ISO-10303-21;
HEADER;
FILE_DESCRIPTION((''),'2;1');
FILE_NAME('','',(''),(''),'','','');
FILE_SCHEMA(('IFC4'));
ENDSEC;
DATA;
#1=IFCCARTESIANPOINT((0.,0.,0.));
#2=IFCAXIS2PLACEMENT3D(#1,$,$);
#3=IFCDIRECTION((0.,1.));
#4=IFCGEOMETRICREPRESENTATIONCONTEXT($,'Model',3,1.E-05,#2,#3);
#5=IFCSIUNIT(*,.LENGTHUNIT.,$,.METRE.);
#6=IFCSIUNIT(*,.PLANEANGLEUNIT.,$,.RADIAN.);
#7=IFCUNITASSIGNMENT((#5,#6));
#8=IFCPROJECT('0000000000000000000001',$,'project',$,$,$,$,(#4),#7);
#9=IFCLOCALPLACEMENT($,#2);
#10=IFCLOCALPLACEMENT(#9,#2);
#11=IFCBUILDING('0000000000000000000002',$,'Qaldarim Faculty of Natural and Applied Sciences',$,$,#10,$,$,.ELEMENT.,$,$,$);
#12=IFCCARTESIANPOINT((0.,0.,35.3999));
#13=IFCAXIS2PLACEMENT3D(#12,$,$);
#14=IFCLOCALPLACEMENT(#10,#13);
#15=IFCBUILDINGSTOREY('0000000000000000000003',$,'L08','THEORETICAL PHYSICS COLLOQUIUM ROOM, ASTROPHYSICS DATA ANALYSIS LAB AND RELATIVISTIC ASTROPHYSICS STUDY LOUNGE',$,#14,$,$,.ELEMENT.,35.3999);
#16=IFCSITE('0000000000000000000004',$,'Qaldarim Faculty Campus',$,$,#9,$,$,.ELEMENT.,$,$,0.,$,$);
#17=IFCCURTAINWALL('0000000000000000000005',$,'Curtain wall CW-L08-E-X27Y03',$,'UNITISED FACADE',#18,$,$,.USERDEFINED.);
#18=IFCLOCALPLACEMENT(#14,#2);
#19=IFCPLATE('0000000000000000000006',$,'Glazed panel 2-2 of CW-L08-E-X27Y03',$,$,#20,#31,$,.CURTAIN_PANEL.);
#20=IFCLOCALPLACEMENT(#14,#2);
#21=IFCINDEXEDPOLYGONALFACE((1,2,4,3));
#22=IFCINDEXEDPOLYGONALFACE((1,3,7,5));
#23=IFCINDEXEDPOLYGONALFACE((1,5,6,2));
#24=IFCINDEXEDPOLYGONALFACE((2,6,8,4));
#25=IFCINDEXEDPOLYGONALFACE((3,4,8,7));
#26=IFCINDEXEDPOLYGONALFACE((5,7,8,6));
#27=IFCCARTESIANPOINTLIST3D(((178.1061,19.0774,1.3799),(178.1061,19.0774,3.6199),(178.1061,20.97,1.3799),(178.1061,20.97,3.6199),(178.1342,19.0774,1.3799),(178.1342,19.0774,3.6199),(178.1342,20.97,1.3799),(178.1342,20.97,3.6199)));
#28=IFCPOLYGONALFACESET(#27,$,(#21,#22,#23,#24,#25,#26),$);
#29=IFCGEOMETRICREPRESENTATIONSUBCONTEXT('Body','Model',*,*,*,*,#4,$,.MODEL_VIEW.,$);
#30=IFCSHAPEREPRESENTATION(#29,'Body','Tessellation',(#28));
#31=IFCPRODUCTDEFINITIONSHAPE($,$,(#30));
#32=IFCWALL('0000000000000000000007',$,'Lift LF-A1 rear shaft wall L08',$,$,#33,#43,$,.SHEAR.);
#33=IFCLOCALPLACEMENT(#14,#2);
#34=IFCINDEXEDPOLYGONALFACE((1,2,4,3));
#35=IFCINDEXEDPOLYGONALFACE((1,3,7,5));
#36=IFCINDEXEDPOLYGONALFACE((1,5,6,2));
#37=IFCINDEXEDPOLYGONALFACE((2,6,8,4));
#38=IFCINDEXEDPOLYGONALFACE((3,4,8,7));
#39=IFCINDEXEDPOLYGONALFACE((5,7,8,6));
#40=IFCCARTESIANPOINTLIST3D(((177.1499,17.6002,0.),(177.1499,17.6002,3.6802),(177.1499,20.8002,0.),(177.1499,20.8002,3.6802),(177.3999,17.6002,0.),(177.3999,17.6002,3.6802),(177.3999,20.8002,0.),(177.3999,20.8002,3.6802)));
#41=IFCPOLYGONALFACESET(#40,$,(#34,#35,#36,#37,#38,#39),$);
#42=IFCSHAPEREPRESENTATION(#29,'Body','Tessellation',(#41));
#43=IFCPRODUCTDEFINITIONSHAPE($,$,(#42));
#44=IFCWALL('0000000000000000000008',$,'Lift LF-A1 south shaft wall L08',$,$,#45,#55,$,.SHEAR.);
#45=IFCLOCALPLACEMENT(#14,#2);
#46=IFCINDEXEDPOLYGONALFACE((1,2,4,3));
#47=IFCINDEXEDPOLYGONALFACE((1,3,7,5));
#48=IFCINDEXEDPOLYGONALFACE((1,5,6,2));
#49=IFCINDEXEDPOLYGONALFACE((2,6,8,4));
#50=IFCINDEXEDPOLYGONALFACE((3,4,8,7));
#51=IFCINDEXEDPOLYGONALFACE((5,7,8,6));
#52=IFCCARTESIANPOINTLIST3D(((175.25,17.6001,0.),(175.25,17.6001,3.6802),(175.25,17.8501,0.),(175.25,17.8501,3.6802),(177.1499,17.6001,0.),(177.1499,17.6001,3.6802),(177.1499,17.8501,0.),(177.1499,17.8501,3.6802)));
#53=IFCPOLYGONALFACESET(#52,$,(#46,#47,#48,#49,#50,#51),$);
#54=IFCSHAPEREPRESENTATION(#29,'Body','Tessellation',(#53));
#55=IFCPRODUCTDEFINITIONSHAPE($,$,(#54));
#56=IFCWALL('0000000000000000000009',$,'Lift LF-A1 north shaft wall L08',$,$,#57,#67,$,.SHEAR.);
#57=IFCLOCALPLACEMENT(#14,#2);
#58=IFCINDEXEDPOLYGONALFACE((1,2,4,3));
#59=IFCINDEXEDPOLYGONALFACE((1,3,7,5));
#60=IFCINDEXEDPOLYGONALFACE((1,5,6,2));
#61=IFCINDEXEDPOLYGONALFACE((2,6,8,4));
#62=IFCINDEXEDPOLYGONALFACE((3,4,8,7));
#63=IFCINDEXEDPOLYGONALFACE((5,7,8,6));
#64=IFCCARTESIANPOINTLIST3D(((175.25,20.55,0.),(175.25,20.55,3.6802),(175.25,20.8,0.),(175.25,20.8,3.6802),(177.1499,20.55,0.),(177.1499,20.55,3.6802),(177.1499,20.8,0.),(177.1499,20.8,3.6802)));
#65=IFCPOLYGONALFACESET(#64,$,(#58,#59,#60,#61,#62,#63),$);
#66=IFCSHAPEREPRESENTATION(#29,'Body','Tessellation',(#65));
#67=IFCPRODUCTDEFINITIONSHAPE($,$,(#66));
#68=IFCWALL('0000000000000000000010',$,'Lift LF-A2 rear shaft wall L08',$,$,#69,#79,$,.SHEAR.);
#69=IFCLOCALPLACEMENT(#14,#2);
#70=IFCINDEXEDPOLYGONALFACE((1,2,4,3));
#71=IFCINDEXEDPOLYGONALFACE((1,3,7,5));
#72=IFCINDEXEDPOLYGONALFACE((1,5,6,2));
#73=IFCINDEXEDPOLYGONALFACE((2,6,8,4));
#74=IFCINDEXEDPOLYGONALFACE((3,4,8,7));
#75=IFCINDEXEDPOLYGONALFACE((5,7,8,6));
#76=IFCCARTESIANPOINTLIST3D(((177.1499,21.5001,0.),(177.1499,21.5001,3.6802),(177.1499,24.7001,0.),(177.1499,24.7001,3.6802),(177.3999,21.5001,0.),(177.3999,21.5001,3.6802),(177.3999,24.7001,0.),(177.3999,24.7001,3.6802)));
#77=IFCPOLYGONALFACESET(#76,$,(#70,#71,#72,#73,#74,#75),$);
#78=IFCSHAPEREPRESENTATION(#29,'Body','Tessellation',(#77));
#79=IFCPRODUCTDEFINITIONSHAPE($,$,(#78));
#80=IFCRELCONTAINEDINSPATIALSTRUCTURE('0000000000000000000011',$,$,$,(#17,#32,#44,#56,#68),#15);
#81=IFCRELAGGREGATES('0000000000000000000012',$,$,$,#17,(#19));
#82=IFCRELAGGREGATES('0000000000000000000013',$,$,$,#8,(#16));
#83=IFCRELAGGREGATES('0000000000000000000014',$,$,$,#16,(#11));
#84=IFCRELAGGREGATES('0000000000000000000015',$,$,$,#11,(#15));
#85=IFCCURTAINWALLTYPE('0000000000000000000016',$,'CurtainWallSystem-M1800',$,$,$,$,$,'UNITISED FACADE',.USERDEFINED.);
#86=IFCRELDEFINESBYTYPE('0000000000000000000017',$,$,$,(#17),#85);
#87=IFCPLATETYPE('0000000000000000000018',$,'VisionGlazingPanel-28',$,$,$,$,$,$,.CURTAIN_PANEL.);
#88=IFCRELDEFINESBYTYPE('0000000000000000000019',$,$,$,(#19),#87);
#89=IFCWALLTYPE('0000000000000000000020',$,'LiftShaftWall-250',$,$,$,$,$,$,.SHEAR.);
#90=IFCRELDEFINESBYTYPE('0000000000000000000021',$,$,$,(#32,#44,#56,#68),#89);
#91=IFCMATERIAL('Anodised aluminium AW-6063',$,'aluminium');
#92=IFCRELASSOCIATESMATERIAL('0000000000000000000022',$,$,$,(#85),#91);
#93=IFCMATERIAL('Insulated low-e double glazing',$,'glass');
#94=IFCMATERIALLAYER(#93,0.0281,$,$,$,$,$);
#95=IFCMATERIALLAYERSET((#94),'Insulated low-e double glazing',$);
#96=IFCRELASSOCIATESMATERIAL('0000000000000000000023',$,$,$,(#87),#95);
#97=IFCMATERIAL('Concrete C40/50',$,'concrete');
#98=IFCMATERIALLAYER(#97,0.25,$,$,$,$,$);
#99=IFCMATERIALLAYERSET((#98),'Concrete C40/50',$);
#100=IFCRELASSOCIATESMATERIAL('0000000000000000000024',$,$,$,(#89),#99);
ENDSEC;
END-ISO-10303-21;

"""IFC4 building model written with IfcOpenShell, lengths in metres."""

from ifc_helpers import new_model, si_unit, direction, frame, frame_2d, origin, origin_2d, place, context, subcontext, project, spatial, rectangle, extrude, material, layer, layer_set, type_object, element, aggregate, save


model = new_model("IFC4")

# Units and contexts
model_context = context("Model", 3, precision=1e-05, world=origin(), true_north=direction((0.0, 1.0)))
body_context = subcontext(model_context, "Body", "Model", "MODEL_VIEW")
ifc_project = project(units=[si_unit("LENGTHUNIT", "METRE"), si_unit("PLANEANGLEUNIT", "RADIAN")], contexts=[model_context])

# Site, building, storey
site_placement = place(None, origin())
site = spatial("IfcSite", under=ifc_project, at=site_placement, Name="Qaldarim Faculty Campus", CompositionType="ELEMENT", RefElevation=0.0)
building_placement = place(site_placement, origin())
building = spatial("IfcBuilding", under=site, at=building_placement, Name="Qaldarim Faculty of Natural and Applied Sciences", CompositionType="ELEMENT")
storey_placement = place(building_placement, frame((0.0, 0.0, 35.3999)))
storey = spatial("IfcBuildingStorey", under=building, at=storey_placement, Name="L08", Description="THEORETICAL PHYSICS COLLOQUIUM ROOM, ASTROPHYSICS DATA ANALYSIS LAB AND RELATIVISTIC ASTROPHYSICS STUDY LOUNGE", CompositionType="ELEMENT", Elevation=35.3999)

# Curtain wall, plate
ifc_material_1 = material(Name="Anodised aluminium AW-6063", Category="aluminium")
curtain_wall_type = type_object("IfcCurtainWallType", Name="CurtainWallSystem-M1800", ElementType="UNITISED FACADE", PredefinedType="USERDEFINED", material=ifc_material_1)
curtain_wall_placement = place(storey_placement, origin())
curtain_wall = element("IfcCurtainWall", 1, at=curtain_wall_placement, inside=storey, type_object=curtain_wall_type, Name="Curtain wall CW-L08-E-X27Y03", ObjectType="UNITISED FACADE", PredefinedType="USERDEFINED")
ifc_material_2 = material(Name="Insulated low-e double glazing", Category="glass")
ifc_layer_1 = layer(ifc_material_2, 0.0281)
ifc_layer_set_1 = layer_set([ifc_layer_1], Name="Insulated low-e double glazing")
plate_type = type_object("IfcPlateType", Name="VisionGlazingPanel-28", PredefinedType="CURTAIN_PANEL", material=ifc_layer_set_1)
plate_1_placement = place(storey_placement, frame((178.1201, 20.0237, 1.3799), z_axis=(0.0, 0.0, 1.0), x_axis=(0.0, 1.0, 0.0)))
plate_1 = element("IfcPlate", 2, at=plate_1_placement, type_object=plate_type, Name="Glazed panel 2-2 of CW-L08-E-X27Y03", PredefinedType="CURTAIN_PANEL", context=body_context, shape_type="SweptSolid", body=[
    extrude(rectangle(XDim=1.8926, YDim=0.0281, at=origin_2d()), origin(), (0.0, 0.0, 1.0), 2.24),
])
aggregate(curtain_wall, [plate_1])

# Shared definitions
ifc_material_3 = material(Name="Concrete C40/50", Category="concrete")
ifc_layer_2 = layer(ifc_material_3, 0.25)
ifc_layer_set_2 = layer_set([ifc_layer_2], Name="Concrete C40/50")
wall_type = type_object("IfcWallType", Name="LiftShaftWall-250", PredefinedType="SHEAR", material=ifc_layer_set_2)

# Walls
wall_1_placement = place(storey_placement, frame((177.2749, 17.6001, 0.0), z_axis=(0.0, 0.0, 1.0), x_axis=(0.0, 1.0, 0.0)))
element("IfcWall", 3, at=wall_1_placement, inside=storey, type_object=wall_type, Name="Lift LF-A1 rear shaft wall L08", PredefinedType="SHEAR", context=body_context, shape_type="SweptSolid", body=[
    extrude(rectangle(XDim=3.2, YDim=0.25, at=frame_2d((1.6001, 0.0))), origin(), (0.0, 0.0, 1.0), 3.6802),
])
for number, where, z_axis, x_axis, name in (
    (4, (175.25, 17.7251, 0.0), (0.0, 0.0, 1.0), (1.0, 0.0, 0.0), "Lift LF-A1 south shaft wall L08"),
    (5, (175.25, 20.675, 0.0), (0.0, 0.0, 1.0), (1.0, 0.0, 0.0), "Lift LF-A1 north shaft wall L08"),
):
    element("IfcWall", number, at=place(storey_placement, frame(where, z_axis=z_axis, x_axis=x_axis)), inside=storey, type_object=wall_type, Name=name, PredefinedType="SHEAR", context=body_context, shape_type="SweptSolid", body=[
        extrude(rectangle(XDim=1.8999, YDim=0.25, at=frame_2d((0.95, 0.0))), origin(), (0.0, 0.0, 1.0), 3.6802),
    ])

# Wall
wall_2_placement = place(storey_placement, frame((177.2749, 21.5, 0.0), z_axis=(0.0, 0.0, 1.0), x_axis=(0.0, 1.0, 0.0)))
element("IfcWall", 6, at=wall_2_placement, inside=storey, type_object=wall_type, Name="Lift LF-A2 rear shaft wall L08", PredefinedType="SHEAR", context=body_context, shape_type="SweptSolid", body=[
    extrude(rectangle(XDim=3.2, YDim=0.25, at=frame_2d((1.6001, 0.0))), origin(), (0.0, 0.0, 1.0), 3.6802),
])

save(model, "model.ifc")
